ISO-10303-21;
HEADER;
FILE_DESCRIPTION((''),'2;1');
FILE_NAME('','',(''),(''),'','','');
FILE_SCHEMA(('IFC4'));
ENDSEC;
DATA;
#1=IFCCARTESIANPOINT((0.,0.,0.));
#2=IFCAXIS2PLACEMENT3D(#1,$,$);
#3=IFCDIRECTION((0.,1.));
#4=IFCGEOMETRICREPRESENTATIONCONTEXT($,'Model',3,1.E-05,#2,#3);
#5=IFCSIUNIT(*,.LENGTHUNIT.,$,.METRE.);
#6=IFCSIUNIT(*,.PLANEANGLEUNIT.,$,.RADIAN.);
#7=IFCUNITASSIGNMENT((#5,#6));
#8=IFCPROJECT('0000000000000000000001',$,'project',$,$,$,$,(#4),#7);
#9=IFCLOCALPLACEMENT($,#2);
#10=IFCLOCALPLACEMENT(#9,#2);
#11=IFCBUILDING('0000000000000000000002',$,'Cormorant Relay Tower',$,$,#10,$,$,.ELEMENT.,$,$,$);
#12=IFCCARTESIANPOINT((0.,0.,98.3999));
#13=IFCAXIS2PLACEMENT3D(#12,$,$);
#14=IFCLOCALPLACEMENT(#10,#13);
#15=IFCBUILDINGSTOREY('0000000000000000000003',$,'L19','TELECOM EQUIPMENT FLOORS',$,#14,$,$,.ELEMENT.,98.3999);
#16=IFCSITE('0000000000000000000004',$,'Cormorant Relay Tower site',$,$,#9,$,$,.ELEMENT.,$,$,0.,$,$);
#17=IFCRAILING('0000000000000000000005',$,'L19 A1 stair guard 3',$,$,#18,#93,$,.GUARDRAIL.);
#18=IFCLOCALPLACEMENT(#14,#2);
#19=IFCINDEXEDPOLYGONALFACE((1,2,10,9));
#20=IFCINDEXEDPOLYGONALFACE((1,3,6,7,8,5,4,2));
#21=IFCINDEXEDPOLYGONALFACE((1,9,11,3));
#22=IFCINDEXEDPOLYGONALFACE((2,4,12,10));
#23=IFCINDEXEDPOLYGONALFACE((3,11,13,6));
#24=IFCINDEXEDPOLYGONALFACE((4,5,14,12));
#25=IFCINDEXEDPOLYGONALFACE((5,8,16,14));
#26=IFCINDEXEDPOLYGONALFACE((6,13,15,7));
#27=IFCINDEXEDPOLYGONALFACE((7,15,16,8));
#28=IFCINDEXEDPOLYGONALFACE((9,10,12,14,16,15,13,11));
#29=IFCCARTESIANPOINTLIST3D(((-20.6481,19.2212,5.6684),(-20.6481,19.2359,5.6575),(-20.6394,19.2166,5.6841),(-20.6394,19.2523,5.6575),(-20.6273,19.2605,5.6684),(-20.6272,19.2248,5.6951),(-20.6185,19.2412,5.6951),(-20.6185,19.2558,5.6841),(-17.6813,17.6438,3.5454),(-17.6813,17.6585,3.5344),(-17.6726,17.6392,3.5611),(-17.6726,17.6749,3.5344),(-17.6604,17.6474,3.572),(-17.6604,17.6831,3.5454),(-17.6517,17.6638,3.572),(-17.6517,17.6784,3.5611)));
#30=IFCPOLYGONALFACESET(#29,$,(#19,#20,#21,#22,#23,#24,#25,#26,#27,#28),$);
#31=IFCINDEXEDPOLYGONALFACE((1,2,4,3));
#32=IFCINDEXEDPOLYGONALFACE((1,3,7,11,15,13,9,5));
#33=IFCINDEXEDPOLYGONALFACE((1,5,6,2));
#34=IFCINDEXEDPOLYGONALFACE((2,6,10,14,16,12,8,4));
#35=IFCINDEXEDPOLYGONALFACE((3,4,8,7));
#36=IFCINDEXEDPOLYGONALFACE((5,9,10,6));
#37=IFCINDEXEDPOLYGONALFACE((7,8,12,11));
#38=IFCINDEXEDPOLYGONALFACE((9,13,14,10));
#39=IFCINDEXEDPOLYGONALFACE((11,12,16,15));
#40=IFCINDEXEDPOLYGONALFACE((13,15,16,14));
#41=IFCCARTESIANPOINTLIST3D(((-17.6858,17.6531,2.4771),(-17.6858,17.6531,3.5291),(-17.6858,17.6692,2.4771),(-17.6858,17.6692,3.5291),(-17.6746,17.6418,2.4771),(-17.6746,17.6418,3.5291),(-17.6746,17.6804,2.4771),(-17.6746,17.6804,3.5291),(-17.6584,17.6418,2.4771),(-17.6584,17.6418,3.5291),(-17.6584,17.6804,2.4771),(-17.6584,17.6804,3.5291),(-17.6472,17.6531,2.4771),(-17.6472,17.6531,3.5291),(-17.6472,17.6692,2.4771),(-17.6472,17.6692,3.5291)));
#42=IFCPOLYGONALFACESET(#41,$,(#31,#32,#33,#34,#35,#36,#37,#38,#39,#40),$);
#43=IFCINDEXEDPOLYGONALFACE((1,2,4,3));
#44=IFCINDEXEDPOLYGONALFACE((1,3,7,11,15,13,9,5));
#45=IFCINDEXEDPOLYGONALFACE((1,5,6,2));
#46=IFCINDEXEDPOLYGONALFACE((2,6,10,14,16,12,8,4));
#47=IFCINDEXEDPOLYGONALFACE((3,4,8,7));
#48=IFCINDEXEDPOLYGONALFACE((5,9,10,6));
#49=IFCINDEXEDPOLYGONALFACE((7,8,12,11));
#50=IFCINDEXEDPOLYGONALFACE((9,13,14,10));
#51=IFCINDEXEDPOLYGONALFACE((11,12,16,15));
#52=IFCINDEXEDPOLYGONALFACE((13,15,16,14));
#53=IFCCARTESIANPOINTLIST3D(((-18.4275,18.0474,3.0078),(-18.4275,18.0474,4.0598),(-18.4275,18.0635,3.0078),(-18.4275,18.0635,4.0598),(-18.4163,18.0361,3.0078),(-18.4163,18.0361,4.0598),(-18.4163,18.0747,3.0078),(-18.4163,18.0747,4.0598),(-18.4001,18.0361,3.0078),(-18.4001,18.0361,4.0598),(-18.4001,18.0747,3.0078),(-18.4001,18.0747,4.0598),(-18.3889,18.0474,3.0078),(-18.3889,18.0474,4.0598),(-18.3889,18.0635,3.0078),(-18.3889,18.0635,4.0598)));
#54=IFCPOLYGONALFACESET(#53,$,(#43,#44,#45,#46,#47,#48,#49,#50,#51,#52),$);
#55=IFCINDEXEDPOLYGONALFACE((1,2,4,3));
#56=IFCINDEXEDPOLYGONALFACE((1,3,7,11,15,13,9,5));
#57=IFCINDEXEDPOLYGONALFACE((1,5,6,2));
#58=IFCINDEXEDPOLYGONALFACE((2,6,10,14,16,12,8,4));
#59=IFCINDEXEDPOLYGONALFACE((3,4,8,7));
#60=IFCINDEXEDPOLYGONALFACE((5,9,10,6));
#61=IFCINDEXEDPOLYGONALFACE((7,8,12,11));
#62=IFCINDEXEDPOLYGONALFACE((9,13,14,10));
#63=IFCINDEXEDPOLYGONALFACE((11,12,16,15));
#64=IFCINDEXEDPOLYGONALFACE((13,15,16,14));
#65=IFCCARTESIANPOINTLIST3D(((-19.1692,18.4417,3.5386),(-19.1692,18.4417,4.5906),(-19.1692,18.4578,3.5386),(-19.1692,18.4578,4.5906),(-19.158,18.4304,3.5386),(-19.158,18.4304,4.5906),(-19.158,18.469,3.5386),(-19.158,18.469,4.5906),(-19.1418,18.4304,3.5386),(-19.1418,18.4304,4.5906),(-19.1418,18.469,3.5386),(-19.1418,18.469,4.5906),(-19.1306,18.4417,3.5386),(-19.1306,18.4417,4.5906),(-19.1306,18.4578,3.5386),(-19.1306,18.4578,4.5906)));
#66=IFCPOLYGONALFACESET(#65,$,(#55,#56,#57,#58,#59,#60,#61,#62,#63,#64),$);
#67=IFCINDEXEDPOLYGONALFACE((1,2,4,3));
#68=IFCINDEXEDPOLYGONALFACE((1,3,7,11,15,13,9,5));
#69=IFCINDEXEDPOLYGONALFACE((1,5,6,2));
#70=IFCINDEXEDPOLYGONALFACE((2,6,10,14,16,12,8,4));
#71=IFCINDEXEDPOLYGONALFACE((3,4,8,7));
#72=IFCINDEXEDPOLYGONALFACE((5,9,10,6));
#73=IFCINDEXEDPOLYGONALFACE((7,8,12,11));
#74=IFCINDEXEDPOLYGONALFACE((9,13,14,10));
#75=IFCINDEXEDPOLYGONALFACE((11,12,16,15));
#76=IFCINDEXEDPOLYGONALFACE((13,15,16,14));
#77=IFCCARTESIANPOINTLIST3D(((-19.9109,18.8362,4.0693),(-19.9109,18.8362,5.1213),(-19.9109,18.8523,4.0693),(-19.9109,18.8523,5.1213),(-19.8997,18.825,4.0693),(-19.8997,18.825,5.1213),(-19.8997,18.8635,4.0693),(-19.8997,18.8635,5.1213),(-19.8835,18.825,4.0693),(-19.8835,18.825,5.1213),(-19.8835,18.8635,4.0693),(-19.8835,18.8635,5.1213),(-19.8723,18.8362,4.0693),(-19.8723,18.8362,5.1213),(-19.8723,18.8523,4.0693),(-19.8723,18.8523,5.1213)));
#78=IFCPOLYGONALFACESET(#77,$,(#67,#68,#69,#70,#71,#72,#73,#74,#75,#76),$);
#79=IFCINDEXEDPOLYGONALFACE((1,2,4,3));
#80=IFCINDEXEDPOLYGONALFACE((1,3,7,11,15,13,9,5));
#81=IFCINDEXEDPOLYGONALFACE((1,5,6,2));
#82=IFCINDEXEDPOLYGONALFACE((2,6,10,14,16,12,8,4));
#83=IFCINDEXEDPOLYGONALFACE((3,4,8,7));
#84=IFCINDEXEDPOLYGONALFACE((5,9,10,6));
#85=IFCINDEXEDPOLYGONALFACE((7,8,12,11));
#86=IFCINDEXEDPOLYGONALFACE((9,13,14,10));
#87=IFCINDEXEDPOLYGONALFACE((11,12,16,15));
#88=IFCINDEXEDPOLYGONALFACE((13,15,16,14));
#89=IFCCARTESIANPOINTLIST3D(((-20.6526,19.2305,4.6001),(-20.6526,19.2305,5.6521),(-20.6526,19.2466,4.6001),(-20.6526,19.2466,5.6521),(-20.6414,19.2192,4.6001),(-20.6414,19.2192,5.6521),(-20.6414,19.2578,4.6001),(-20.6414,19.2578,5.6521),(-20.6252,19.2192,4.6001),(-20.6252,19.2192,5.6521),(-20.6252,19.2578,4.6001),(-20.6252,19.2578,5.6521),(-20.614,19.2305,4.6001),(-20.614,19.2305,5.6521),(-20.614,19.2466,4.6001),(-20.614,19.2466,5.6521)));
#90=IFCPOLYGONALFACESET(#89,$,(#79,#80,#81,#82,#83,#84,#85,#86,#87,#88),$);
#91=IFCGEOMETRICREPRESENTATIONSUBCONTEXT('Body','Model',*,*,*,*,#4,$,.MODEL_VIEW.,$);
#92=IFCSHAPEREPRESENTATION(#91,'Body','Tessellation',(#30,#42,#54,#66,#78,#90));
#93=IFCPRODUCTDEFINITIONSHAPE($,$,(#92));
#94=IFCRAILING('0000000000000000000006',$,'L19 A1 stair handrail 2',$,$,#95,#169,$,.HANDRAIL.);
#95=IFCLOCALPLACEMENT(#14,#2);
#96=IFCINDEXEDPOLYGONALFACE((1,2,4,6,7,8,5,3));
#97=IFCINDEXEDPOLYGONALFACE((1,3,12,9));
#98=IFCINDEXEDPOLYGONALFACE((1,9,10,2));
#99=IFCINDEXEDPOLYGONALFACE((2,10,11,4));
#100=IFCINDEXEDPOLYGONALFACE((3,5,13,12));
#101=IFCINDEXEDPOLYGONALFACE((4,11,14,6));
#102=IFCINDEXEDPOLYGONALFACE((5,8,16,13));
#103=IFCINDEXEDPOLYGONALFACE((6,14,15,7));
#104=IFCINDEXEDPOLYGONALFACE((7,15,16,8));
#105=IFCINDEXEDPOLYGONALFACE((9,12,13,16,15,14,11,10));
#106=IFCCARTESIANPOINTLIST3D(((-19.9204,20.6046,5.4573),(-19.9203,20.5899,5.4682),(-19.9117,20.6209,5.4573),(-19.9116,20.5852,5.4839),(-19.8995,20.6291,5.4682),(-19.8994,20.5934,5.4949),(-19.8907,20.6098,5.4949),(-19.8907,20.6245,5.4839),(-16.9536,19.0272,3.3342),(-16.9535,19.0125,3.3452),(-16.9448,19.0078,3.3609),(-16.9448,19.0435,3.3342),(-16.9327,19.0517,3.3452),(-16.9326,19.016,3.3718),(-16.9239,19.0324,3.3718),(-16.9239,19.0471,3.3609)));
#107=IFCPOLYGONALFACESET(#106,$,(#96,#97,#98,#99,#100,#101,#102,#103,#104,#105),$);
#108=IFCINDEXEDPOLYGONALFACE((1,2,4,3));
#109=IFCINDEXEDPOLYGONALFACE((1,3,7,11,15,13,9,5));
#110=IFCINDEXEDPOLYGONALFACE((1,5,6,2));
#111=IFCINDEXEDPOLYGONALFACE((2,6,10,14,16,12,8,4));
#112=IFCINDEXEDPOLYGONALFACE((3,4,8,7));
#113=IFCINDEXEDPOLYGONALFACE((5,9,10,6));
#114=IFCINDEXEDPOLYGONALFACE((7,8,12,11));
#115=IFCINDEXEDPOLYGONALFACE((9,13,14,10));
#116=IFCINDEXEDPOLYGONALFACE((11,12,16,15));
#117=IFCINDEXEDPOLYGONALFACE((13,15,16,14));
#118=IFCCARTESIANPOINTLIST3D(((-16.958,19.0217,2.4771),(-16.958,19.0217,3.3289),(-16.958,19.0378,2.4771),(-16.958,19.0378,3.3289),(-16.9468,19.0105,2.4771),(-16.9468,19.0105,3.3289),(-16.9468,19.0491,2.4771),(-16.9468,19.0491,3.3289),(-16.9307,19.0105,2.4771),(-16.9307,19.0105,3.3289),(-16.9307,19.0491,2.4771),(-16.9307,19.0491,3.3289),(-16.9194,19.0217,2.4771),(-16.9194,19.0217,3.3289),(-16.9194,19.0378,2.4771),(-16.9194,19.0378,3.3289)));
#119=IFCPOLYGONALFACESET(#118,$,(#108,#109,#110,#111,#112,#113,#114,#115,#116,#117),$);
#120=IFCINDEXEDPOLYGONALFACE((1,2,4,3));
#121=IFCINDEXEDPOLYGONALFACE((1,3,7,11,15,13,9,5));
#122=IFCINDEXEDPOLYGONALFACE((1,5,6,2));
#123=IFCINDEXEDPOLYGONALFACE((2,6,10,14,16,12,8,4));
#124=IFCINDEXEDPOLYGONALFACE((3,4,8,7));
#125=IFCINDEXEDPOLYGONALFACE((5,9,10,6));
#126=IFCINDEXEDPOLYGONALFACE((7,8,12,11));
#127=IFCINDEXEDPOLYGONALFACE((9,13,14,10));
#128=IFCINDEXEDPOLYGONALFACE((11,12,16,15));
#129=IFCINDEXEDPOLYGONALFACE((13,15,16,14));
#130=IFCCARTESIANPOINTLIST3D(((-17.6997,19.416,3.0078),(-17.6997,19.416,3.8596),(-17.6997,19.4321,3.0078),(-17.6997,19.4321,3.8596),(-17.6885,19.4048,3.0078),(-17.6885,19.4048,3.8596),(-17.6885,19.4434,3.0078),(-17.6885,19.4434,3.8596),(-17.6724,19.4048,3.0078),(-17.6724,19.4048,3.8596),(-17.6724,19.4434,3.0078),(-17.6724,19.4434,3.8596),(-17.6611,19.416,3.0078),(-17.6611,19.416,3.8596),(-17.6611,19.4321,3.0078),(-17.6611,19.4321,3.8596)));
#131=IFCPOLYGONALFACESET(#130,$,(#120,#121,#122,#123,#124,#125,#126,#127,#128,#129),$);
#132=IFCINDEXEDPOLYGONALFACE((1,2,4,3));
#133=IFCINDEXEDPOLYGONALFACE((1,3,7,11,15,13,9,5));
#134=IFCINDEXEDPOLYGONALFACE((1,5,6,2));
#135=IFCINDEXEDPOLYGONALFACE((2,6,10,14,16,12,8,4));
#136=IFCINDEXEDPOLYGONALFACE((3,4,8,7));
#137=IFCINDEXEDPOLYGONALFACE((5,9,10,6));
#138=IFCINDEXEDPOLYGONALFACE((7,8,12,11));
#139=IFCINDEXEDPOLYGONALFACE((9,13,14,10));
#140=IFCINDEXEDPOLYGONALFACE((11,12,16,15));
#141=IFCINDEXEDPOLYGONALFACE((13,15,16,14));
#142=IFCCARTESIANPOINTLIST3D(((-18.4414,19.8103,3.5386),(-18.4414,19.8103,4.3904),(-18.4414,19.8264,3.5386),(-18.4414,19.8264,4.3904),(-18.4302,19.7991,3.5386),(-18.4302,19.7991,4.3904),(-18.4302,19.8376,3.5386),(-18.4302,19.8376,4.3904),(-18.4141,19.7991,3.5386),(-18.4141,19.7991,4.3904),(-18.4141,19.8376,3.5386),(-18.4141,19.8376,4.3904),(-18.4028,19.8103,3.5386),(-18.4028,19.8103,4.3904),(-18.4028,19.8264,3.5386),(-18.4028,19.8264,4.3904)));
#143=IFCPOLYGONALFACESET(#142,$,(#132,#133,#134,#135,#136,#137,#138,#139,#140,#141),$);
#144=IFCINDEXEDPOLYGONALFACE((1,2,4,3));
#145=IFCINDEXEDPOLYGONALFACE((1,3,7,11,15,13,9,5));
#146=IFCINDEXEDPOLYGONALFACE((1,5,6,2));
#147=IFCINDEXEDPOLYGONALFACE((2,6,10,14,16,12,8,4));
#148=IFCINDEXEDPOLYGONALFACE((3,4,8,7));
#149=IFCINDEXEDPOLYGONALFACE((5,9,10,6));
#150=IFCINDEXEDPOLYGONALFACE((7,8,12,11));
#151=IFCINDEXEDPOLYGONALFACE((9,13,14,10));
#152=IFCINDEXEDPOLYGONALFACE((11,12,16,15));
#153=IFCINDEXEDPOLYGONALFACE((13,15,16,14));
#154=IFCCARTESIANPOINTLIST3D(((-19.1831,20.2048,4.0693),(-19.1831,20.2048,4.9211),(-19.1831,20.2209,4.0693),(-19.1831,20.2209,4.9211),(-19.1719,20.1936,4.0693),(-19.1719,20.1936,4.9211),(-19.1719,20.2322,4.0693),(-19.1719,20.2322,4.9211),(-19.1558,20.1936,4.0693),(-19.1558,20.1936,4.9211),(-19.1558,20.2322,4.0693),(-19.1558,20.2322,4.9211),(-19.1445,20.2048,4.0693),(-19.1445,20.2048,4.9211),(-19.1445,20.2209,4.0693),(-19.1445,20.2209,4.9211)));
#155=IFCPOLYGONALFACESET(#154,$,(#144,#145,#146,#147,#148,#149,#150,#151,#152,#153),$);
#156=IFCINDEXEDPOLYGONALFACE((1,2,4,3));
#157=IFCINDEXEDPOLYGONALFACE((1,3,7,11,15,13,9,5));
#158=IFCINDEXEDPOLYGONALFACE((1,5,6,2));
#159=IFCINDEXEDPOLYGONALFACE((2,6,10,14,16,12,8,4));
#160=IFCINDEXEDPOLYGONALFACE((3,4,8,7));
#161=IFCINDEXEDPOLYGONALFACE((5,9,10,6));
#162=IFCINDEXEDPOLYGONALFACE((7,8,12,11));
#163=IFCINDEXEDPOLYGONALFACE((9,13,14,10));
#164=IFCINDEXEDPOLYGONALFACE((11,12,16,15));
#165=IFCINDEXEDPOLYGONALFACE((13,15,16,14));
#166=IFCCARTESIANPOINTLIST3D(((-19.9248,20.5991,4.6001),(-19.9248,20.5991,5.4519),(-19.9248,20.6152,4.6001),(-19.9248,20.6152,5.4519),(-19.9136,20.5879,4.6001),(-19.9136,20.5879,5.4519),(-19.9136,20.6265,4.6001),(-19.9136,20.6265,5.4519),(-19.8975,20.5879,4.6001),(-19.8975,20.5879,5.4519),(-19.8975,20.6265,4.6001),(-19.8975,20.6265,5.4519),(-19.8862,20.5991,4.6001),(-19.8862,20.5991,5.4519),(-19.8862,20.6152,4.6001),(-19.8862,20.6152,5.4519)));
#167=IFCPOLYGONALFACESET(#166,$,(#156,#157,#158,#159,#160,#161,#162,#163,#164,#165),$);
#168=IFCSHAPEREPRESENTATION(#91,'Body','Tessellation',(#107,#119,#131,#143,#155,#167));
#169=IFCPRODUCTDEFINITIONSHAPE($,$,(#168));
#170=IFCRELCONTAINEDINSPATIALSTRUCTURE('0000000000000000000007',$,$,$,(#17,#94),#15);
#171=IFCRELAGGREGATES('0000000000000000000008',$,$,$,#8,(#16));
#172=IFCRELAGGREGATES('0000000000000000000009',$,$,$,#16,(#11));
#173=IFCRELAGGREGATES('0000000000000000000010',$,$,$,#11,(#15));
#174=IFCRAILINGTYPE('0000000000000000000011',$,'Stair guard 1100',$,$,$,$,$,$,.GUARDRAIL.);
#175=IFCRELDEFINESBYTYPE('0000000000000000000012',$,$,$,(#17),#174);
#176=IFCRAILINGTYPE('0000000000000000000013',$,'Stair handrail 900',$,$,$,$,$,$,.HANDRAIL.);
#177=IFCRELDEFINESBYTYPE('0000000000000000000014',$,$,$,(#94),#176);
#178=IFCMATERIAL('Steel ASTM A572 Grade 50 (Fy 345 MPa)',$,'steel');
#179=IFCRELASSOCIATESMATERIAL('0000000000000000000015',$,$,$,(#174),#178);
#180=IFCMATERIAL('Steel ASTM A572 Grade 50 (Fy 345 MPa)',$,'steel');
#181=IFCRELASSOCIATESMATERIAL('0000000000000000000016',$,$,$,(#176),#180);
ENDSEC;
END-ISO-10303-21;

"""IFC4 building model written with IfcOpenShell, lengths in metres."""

from ifc_helpers import new_model, si_unit, direction, frame, origin, place, context, subcontext, project, spatial, polyline, outline, extrude, material, type_object, element, save


model = new_model("IFC4")

# Units and contexts
model_context = context("Model", 3, precision=1e-05, world=origin(), true_north=direction((0.0, 1.0)))
body_context = subcontext(model_context, "Body", "Model", "MODEL_VIEW")
ifc_project = project(units=[si_unit("LENGTHUNIT", "METRE"), si_unit("PLANEANGLEUNIT", "RADIAN")], contexts=[model_context])

# Site, building, storey
site_placement = place(None, origin())
site = spatial("IfcSite", under=ifc_project, at=site_placement, Name="Cormorant Relay Tower site", CompositionType="ELEMENT", RefElevation=0.0)
building_placement = place(site_placement, origin())
building = spatial("IfcBuilding", under=site, at=building_placement, Name="Cormorant Relay Tower", CompositionType="ELEMENT")
storey_placement = place(building_placement, frame((0.0, 0.0, 98.3999)))
storey = spatial("IfcBuildingStorey", under=building, at=storey_placement, Name="L19", Description="TELECOM EQUIPMENT FLOORS", CompositionType="ELEMENT", Elevation=98.3999)

# Railings
ifc_material_1 = material(Name="Steel ASTM A572 Grade 50 (Fy 345 MPa)", Category="steel")
railing_type_1 = type_object("IfcRailingType", Name="Stair guard 1100", PredefinedType="GUARDRAIL", material=ifc_material_1)
railing_1_placement = place(storey_placement, frame((-17.6665, 17.6611, 2.4771)))
element("IfcRailing", 1, at=railing_1_placement, inside=storey, type_object=railing_type_1, Name="L19 A1 stair guard 3", PredefinedType="GUARDRAIL", context=body_context, shape_type="SweptSolid", body=[
    extrude(outline(polyline([(0.0222, 0.0093), (0.0093, 0.0222), (-0.0093, 0.0222), (-0.0222, 0.0093), (-0.0222, -0.0093), (-0.0093, -0.0222), (0.0093, -0.0222), (0.0222, -0.0093), (0.0222, 0.0093)])), frame((0.0, 0.0, 1.0762), z_axis=(-0.746441, 0.396869, 0.534155), x_axis=(-0.469453, -0.882958, 0.0)), (0.0, 0.0, 1.0), 3.9746),
    extrude(outline(polyline([(0.0193, 0.0081), (0.0081, 0.0193), (-0.0081, 0.0193), (-0.0193, 0.0081), (-0.0193, -0.0081), (-0.0081, -0.0193), (0.0081, -0.0193), (0.0193, -0.0081), (0.0193, 0.0081)])), origin(), (0.0, 0.0, 1.0), 1.052),
    extrude(outline(polyline([(0.0193, 0.0081), (0.0081, 0.0193), (-0.0081, 0.0193), (-0.0193, 0.0081), (-0.0193, -0.0081), (-0.0081, -0.0193), (0.0081, -0.0193), (0.0193, -0.0081), (0.0193, 0.0081)])), frame((-0.7417, 0.3943, 0.5308)), (0.0, 0.0, 1.0), 1.052),
    extrude(outline(polyline([(0.0193, 0.0081), (0.0081, 0.0193), (-0.0081, 0.0193), (-0.0193, 0.0081), (-0.0193, -0.0081), (-0.0081, -0.0193), (0.0081, -0.0193), (0.0193, -0.0081), (0.0193, 0.0081)])), frame((-1.4834, 0.7886, 1.0615)), (0.0, 0.0, 1.0), 1.052),
    extrude(outline(polyline([(0.0193, 0.0081), (0.0081, 0.0193), (-0.0081, 0.0193), (-0.0193, 0.0081), (-0.0193, -0.0081), (-0.0081, -0.0193), (0.0081, -0.0193), (0.0193, -0.0081), (0.0193, 0.0081)])), frame((-2.2251, 1.1831, 1.5923)), (0.0, 0.0, 1.0), 1.052),
    extrude(outline(polyline([(0.0193, 0.0081), (0.0081, 0.0193), (-0.0081, 0.0193), (-0.0193, 0.0081), (-0.0193, -0.0081), (-0.0081, -0.0193), (0.0081, -0.0193), (0.0193, -0.0081), (0.0193, 0.0081)])), frame((-2.9668, 1.5774, 2.123)), (0.0, 0.0, 1.0), 1.052),
])
ifc_material_2 = material(Name="Steel ASTM A572 Grade 50 (Fy 345 MPa)", Category="steel")
railing_type_2 = type_object("IfcRailingType", Name="Stair handrail 900", PredefinedType="HANDRAIL", material=ifc_material_2)
railing_2_placement = place(storey_placement, frame((-16.9387, 19.0298, 2.4771)))
element("IfcRailing", 2, at=railing_2_placement, inside=storey, type_object=railing_type_2, Name="L19 A1 stair handrail 2", PredefinedType="HANDRAIL", context=body_context, shape_type="SweptSolid", body=[
    extrude(outline(polyline([(0.0222, 0.0093), (0.0093, 0.0222), (-0.0093, 0.0222), (-0.0222, 0.0093), (-0.0222, -0.0093), (-0.0093, -0.0222), (0.0093, -0.0222), (0.0222, -0.0093), (0.0222, 0.0093)])), frame((0.0, 0.0, 0.876), z_axis=(-0.746441, 0.396869, 0.534155), x_axis=(-0.469453, -0.882958, 0.0)), (0.0, 0.0, 1.0), 3.9746),
    extrude(outline(polyline([(0.0193, 0.0081), (0.0081, 0.0193), (-0.0081, 0.0193), (-0.0193, 0.0081), (-0.0193, -0.0081), (-0.0081, -0.0193), (0.0081, -0.0193), (0.0193, -0.0081), (0.0193, 0.0081)])), origin(), (0.0, 0.0, 1.0), 0.8518),
    extrude(outline(polyline([(0.0193, 0.0081), (0.0081, 0.0193), (-0.0081, 0.0193), (-0.0193, 0.0081), (-0.0193, -0.0081), (-0.0081, -0.0193), (0.0081, -0.0193), (0.0193, -0.0081), (0.0193, 0.0081)])), frame((-0.7417, 0.3943, 0.5308)), (0.0, 0.0, 1.0), 0.8518),
    extrude(outline(polyline([(0.0193, 0.0081), (0.0081, 0.0193), (-0.0081, 0.0193), (-0.0193, 0.0081), (-0.0193, -0.0081), (-0.0081, -0.0193), (0.0081, -0.0193), (0.0193, -0.0081), (0.0193, 0.0081)])), frame((-1.4834, 0.7886, 1.0615)), (0.0, 0.0, 1.0), 0.8518),
    extrude(outline(polyline([(0.0193, 0.0081), (0.0081, 0.0193), (-0.0081, 0.0193), (-0.0193, 0.0081), (-0.0193, -0.0081), (-0.0081, -0.0193), (0.0081, -0.0193), (0.0193, -0.0081), (0.0193, 0.0081)])), frame((-2.2251, 1.1831, 1.5923)), (0.0, 0.0, 1.0), 0.8518),
    extrude(outline(polyline([(0.0193, 0.0081), (0.0081, 0.0193), (-0.0081, 0.0193), (-0.0193, 0.0081), (-0.0193, -0.0081), (-0.0081, -0.0193), (0.0081, -0.0193), (0.0193, -0.0081), (0.0193, 0.0081)])), frame((-2.9668, 1.5774, 2.123)), (0.0, 0.0, 1.0), 0.8518),
])

save(model, "model.ifc")
